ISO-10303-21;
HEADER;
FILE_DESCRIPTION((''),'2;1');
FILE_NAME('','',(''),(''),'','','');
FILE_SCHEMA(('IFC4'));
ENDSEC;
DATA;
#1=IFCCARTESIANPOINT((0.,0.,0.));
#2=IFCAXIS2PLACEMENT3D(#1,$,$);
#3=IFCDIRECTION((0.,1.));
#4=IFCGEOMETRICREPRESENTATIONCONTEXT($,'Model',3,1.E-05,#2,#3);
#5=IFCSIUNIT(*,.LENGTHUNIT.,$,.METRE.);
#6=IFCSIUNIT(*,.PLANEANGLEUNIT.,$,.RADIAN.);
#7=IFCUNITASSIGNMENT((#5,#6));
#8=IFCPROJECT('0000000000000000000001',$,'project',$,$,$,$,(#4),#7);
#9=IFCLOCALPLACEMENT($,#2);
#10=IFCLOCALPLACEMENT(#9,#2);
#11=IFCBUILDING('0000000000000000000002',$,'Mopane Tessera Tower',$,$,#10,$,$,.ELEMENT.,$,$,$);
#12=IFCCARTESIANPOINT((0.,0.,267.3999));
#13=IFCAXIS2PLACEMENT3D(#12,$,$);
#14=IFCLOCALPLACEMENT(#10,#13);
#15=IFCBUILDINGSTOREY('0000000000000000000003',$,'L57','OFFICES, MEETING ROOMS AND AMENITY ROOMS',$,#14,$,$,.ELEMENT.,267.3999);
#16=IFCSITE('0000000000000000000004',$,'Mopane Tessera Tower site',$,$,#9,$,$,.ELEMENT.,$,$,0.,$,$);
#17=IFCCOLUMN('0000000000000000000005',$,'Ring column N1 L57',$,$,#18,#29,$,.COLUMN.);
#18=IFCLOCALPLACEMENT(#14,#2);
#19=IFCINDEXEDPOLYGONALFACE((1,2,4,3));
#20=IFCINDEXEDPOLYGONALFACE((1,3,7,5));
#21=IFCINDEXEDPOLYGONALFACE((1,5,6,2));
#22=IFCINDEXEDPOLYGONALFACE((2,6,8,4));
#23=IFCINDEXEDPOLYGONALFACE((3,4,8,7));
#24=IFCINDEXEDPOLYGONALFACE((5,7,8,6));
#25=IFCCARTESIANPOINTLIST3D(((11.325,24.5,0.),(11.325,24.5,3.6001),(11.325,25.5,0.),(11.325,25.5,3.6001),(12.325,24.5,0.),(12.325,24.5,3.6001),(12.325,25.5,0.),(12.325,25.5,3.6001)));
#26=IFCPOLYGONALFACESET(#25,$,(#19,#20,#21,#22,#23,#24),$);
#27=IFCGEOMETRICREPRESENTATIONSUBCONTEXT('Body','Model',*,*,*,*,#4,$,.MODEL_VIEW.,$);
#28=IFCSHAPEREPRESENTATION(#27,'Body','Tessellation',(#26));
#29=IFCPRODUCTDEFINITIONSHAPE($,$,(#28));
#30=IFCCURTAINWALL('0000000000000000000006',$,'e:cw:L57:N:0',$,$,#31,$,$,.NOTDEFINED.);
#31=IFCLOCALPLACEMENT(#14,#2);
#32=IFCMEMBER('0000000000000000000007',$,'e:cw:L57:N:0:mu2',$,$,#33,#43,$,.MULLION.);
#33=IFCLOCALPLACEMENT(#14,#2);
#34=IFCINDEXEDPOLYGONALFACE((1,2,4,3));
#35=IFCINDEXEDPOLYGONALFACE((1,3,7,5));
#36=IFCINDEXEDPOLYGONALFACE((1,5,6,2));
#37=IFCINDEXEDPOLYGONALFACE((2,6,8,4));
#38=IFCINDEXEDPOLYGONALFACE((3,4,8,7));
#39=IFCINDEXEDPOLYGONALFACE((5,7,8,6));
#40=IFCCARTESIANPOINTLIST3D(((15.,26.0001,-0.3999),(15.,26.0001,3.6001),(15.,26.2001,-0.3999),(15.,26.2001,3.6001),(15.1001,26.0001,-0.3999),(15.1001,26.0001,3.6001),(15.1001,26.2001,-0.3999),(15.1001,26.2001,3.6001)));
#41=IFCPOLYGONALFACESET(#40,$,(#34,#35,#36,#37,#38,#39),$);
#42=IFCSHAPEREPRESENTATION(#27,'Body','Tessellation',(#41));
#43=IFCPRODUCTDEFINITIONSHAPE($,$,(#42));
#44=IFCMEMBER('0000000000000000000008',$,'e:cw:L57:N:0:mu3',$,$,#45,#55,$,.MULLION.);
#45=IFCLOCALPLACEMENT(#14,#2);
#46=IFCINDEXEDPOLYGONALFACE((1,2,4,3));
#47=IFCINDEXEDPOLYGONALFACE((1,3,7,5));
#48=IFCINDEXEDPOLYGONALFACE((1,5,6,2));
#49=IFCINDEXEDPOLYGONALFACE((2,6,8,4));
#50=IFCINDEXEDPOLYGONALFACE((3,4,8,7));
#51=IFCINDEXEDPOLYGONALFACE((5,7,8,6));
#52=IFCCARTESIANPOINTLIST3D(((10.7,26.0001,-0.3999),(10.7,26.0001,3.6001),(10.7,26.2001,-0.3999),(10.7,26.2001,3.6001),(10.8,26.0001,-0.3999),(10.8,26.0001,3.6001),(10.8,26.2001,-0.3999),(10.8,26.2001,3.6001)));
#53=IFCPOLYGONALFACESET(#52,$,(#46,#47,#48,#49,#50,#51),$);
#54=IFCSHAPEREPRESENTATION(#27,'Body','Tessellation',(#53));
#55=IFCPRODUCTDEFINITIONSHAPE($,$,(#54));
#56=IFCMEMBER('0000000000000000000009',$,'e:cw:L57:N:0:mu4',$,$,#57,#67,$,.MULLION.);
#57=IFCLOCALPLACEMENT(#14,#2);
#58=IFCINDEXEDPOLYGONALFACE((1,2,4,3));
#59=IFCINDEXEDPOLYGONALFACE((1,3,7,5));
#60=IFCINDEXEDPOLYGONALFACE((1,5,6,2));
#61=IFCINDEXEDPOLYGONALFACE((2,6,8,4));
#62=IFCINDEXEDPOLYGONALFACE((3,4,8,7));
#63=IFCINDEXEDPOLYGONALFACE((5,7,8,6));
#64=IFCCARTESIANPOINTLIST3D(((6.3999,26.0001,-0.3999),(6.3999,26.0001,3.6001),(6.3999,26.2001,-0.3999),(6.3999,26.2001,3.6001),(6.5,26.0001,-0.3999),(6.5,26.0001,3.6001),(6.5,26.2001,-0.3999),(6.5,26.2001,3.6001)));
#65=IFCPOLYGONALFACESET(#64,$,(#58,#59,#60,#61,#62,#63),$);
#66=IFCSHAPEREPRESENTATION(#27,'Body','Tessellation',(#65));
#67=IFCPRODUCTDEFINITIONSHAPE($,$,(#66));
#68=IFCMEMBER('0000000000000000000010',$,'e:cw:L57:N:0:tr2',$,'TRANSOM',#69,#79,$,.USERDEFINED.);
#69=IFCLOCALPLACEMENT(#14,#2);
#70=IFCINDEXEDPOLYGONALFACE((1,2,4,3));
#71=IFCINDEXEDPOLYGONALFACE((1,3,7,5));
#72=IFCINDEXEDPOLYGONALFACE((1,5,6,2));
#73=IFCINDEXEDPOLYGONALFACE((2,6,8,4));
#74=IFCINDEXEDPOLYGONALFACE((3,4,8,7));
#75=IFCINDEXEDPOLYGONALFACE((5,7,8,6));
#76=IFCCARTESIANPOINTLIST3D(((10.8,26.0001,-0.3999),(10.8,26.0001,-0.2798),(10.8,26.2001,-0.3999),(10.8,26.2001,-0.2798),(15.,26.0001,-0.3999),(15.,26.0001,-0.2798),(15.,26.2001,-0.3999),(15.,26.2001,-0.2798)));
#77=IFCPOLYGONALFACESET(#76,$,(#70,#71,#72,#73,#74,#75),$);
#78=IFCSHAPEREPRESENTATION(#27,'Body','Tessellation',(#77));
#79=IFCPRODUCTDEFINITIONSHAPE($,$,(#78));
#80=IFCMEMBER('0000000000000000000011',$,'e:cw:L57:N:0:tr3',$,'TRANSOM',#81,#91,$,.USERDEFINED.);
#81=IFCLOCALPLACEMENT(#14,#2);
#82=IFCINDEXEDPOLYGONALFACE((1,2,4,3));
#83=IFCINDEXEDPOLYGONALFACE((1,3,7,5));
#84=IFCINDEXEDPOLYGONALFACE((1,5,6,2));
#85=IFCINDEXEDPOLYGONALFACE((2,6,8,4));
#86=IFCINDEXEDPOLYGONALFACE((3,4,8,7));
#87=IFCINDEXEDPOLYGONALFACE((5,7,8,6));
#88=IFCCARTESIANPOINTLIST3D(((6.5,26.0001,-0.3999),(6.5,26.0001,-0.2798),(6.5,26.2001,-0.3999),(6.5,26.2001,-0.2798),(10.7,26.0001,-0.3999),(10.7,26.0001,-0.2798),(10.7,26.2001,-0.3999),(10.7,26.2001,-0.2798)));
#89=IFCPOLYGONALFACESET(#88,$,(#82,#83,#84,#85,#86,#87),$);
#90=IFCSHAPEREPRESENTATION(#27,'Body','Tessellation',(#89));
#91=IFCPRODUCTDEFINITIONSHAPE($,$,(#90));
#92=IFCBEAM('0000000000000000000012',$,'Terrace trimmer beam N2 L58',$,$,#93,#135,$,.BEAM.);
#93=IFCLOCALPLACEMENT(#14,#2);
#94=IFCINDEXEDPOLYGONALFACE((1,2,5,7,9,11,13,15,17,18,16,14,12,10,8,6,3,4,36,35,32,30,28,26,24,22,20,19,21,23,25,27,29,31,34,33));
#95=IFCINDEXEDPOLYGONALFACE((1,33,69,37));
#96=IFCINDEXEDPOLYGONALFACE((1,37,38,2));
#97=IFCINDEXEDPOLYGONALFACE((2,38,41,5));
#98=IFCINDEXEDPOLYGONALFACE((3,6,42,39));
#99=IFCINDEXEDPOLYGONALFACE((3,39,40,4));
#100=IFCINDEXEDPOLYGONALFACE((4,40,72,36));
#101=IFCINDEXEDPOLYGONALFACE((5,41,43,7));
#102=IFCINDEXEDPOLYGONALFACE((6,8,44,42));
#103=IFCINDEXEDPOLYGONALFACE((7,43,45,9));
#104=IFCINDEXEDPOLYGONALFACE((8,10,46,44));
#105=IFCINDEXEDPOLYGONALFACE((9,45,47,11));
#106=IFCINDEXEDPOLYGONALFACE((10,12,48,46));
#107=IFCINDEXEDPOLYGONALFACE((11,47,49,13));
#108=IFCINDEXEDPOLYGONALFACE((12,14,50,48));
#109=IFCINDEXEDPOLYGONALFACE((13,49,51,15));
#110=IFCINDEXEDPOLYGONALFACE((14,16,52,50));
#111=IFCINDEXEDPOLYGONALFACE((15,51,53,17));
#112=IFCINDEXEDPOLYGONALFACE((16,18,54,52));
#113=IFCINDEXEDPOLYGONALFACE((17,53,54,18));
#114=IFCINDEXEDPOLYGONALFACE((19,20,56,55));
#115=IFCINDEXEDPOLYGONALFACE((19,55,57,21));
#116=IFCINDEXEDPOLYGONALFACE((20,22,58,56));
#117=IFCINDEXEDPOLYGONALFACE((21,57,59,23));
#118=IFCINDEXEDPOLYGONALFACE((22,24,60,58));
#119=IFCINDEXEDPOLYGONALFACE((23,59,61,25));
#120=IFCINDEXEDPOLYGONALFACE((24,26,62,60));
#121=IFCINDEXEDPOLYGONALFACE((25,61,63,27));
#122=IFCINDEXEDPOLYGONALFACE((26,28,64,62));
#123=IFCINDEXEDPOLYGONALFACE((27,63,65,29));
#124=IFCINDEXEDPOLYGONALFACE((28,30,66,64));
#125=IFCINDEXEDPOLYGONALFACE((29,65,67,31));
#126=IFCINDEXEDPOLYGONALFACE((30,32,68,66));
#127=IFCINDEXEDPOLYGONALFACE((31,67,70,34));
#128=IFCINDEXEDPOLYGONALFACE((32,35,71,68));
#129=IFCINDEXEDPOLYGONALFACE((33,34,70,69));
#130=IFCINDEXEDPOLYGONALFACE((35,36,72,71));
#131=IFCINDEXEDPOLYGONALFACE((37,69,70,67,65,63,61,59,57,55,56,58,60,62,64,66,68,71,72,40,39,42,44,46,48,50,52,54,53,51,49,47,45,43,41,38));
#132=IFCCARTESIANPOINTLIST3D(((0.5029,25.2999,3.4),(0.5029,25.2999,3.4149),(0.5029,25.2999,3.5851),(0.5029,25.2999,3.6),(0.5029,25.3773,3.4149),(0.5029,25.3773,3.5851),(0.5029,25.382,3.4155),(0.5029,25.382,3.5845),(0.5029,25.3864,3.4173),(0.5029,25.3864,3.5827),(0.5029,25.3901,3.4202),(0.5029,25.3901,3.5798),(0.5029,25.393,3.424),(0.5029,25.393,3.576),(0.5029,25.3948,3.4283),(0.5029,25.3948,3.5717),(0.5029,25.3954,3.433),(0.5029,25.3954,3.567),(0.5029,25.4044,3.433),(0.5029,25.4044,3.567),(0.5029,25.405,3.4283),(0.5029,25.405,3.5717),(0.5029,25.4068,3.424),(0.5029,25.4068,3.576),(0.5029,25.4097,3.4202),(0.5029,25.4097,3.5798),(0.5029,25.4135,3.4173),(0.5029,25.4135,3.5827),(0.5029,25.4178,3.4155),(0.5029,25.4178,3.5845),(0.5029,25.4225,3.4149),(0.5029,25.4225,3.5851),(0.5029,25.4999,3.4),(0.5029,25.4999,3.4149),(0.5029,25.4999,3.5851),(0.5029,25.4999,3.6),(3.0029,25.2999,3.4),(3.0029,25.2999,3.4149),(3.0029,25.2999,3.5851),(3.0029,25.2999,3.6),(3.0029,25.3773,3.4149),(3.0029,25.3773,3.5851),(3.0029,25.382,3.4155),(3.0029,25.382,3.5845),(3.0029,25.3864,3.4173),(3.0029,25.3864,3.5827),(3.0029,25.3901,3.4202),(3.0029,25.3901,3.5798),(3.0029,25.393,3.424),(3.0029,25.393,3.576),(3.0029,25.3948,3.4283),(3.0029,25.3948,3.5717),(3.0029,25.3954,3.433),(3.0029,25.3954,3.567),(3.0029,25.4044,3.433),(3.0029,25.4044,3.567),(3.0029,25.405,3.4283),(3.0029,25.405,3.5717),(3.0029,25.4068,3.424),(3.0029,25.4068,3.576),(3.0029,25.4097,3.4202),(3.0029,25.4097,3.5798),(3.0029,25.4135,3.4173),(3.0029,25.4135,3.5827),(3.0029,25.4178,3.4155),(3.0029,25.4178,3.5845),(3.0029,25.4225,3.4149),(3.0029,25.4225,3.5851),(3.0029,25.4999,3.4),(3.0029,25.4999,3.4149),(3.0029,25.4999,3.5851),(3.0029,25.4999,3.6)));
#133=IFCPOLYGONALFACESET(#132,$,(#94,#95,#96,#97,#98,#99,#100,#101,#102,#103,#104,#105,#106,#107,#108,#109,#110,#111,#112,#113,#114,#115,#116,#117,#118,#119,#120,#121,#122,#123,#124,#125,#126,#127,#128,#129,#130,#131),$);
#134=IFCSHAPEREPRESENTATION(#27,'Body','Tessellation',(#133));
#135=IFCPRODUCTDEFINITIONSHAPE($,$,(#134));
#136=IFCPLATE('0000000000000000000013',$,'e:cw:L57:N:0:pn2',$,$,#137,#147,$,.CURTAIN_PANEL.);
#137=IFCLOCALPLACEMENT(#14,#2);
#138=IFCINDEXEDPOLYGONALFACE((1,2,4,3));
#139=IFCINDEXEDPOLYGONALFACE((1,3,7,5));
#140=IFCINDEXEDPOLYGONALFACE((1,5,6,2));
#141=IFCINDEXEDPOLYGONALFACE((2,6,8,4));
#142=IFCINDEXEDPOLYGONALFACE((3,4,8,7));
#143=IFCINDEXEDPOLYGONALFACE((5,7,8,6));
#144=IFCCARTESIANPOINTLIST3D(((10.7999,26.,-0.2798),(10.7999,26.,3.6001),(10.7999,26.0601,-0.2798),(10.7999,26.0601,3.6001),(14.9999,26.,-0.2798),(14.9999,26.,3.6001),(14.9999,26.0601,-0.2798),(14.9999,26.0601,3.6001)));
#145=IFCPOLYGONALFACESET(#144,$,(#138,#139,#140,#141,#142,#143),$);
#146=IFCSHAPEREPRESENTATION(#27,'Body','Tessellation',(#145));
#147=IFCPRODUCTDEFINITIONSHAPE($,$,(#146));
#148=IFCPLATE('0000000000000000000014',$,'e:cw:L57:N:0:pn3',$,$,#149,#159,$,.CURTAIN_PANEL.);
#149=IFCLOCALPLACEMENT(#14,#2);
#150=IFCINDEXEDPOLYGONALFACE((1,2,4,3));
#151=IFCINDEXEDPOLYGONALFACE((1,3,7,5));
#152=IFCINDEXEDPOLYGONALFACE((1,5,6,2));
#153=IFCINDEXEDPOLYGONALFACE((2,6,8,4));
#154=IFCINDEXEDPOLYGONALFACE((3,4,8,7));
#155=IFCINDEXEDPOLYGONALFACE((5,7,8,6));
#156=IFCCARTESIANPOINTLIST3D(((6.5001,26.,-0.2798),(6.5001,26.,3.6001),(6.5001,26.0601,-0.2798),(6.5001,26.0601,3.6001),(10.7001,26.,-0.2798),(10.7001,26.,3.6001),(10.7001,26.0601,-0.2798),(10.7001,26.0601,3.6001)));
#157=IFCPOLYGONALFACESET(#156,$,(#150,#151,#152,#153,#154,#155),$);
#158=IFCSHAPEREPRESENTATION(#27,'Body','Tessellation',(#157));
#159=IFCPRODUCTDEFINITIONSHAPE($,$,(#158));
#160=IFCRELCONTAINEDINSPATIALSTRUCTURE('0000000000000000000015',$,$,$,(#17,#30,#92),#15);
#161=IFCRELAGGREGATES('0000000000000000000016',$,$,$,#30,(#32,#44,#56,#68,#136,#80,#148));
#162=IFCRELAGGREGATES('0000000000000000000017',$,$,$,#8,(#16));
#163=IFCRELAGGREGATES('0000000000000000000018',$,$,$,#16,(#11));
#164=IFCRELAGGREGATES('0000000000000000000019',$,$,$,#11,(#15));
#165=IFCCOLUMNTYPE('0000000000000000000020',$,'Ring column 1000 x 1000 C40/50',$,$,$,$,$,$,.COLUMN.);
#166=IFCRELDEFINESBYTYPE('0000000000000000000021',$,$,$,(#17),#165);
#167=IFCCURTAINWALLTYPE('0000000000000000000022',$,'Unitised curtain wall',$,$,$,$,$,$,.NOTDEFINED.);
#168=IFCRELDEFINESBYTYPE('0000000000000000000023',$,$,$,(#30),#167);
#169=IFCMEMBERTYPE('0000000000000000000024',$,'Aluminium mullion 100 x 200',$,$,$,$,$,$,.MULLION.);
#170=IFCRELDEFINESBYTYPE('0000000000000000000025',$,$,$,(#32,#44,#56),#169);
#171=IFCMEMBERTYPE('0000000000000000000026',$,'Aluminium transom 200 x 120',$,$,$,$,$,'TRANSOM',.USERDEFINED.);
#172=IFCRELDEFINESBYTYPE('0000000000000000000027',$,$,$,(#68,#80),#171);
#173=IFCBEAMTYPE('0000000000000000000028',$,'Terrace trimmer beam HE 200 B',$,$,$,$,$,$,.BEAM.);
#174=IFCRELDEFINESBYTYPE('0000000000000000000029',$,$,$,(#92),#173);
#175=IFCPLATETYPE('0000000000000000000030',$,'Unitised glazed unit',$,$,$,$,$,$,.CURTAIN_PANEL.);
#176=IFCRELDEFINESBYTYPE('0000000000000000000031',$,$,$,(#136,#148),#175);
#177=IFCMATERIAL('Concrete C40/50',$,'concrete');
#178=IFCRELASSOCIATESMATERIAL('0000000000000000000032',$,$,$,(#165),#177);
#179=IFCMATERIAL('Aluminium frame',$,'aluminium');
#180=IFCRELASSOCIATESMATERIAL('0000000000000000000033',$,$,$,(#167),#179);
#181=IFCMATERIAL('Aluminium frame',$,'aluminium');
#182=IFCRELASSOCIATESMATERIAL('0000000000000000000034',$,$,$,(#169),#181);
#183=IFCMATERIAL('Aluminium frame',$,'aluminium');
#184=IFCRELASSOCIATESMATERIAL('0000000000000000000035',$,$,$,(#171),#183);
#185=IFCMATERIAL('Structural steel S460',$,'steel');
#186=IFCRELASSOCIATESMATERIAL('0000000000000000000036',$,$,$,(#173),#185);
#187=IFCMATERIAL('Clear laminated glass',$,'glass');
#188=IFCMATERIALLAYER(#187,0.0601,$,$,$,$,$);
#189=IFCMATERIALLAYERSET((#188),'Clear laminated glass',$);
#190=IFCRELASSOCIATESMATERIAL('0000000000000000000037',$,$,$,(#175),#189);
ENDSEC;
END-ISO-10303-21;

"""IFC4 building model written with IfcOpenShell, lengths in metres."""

from ifc_helpers import new_model, si_unit, direction, frame, origin, origin_2d, place, context, subcontext, project, spatial, rectangle, i_section, extrude, material, layer, layer_set, material_profile, profile_set, type_object, element, aggregate, save


model = new_model("IFC4")

# Units and contexts
model_context = context("Model", 3, precision=1e-05, world=origin(), true_north=direction((0.0, 1.0)))
body_context = subcontext(model_context, "Body", "Model", "MODEL_VIEW")
ifc_project = project(units=[si_unit("LENGTHUNIT", "METRE"), si_unit("PLANEANGLEUNIT", "RADIAN")], contexts=[model_context])

# Site, building, storey
site_placement = place(None, origin())
site = spatial("IfcSite", under=ifc_project, at=site_placement, Name="Mopane Tessera Tower site", CompositionType="ELEMENT", RefElevation=0.0)
building_placement = place(site_placement, origin())
building = spatial("IfcBuilding", under=site, at=building_placement, Name="Mopane Tessera Tower", CompositionType="ELEMENT")
storey_placement = place(building_placement, frame((0.0, 0.0, 267.3999)))
storey = spatial("IfcBuildingStorey", under=building, at=storey_placement, Name="L57", Description="OFFICES, MEETING ROOMS AND AMENITY ROOMS", CompositionType="ELEMENT", Elevation=267.3999)

# Column
ifc_material_1 = material(Name="Concrete C40/50", Category="concrete")
ifc_material_profile_1 = material_profile(ifc_material_1, rectangle(XDim=1.0, YDim=1.0, at=origin_2d()))
ifc_profile_set_1 = profile_set([ifc_material_profile_1], Name="Concrete C40/50")
column_type = type_object("IfcColumnType", Name="Ring column 1000 x 1000 C40/50", PredefinedType="COLUMN", material=ifc_profile_set_1)
column_placement = place(storey_placement, frame((11.825, 25.0, 0.0), z_axis=(0.0, 0.0, 1.0), x_axis=(1.0, 0.0, 0.0)))
element("IfcColumn", 1, at=column_placement, inside=storey, type_object=column_type, Name="Ring column N1 L57", PredefinedType="COLUMN", context=body_context, shape_type="SweptSolid", body=[
    extrude(rectangle(XDim=1.0, YDim=1.0, at=origin_2d()), origin(), (0.0, 0.0, 1.0), 3.6001),
])

# Curtain wall, members
ifc_material_2 = material(Name="Aluminium frame", Category="aluminium")
curtain_wall_type = type_object("IfcCurtainWallType", Name="Unitised curtain wall", PredefinedType="NOTDEFINED", material=ifc_material_2)
curtain_wall_placement = place(storey_placement, origin())
curtain_wall = element("IfcCurtainWall", 2, at=curtain_wall_placement, inside=storey, type_object=curtain_wall_type, Name="e:cw:L57:N:0", PredefinedType="NOTDEFINED")
ifc_material_3 = material(Name="Aluminium frame", Category="aluminium")
ifc_material_profile_2 = material_profile(ifc_material_3, rectangle(XDim=0.1001, YDim=0.2, at=origin_2d()))
ifc_profile_set_2 = profile_set([ifc_material_profile_2], Name="Aluminium frame")
member_type_1 = type_object("IfcMemberType", Name="Aluminium mullion 100 x 200", PredefinedType="MULLION", material=ifc_profile_set_2)
member_1_placement = place(storey_placement, frame((15.05, 26.1001, -0.3999), z_axis=(0.0, 0.0, 1.0), x_axis=(-1.0, 0.0, 0.0)))
member_1 = element("IfcMember", 3, at=member_1_placement, type_object=member_type_1, Name="e:cw:L57:N:0:mu2", PredefinedType="MULLION", context=body_context, shape_type="SweptSolid", body=[
    extrude(rectangle(XDim=0.1001, YDim=0.2, at=origin_2d()), origin(), (0.0, 0.0, 1.0), 4.0),
])
member_2_placement = place(storey_placement, frame((10.75, 26.1001, -0.3999), z_axis=(0.0, 0.0, 1.0), x_axis=(-1.0, 0.0, 0.0)))
member_2 = element("IfcMember", 4, at=member_2_placement, type_object=member_type_1, Name="e:cw:L57:N:0:mu3", PredefinedType="MULLION", context=body_context, shape_type="SweptSolid", body=[
    extrude(rectangle(XDim=0.1001, YDim=0.2, at=origin_2d()), origin(), (0.0, 0.0, 1.0), 4.0),
])
member_3_placement = place(storey_placement, frame((6.45, 26.1001, -0.3999), z_axis=(0.0, 0.0, 1.0), x_axis=(-1.0, 0.0, 0.0)))
member_3 = element("IfcMember", 5, at=member_3_placement, type_object=member_type_1, Name="e:cw:L57:N:0:mu4", PredefinedType="MULLION", context=body_context, shape_type="SweptSolid", body=[
    extrude(rectangle(XDim=0.1001, YDim=0.2, at=origin_2d()), origin(), (0.0, 0.0, 1.0), 4.0),
])
ifc_material_4 = material(Name="Aluminium frame", Category="aluminium")
ifc_material_profile_3 = material_profile(ifc_material_4, rectangle(XDim=0.2, YDim=0.1201, at=origin_2d()))
ifc_profile_set_3 = profile_set([ifc_material_profile_3], Name="Aluminium frame")
member_type_2 = type_object("IfcMemberType", Name="Aluminium transom 200 x 120", ElementType="TRANSOM", PredefinedType="USERDEFINED", material=ifc_profile_set_3)
member_4_placement = place(storey_placement, frame((15.0, 26.1001, -0.3398), z_axis=(-1.0, 0.0, 0.0), x_axis=(0.0, -1.0, 0.0)))
member_4 = element("IfcMember", 6, at=member_4_placement, type_object=member_type_2, Name="e:cw:L57:N:0:tr2", ObjectType="TRANSOM", PredefinedType="USERDEFINED", context=body_context, shape_type="SweptSolid", body=[
    extrude(rectangle(XDim=0.2, YDim=0.1201, at=origin_2d()), origin(), (0.0, 0.0, 1.0), 4.2),
])
member_5_placement = place(storey_placement, frame((10.7, 26.1001, -0.3398), z_axis=(-1.0, 0.0, 0.0), x_axis=(0.0, -1.0, 0.0)))
member_5 = element("IfcMember", 7, at=member_5_placement, type_object=member_type_2, Name="e:cw:L57:N:0:tr3", ObjectType="TRANSOM", PredefinedType="USERDEFINED", context=body_context, shape_type="SweptSolid", body=[
    extrude(rectangle(XDim=0.2, YDim=0.1201, at=origin_2d()), origin(), (0.0, 0.0, 1.0), 4.2),
])

# Beam
ifc_material_5 = material(Name="Structural steel S460", Category="steel")
ifc_material_profile_4 = material_profile(ifc_material_5, i_section(OverallWidth=0.2, OverallDepth=0.2, WebThickness=0.009, FlangeThickness=0.0149, FilletRadius=0.0181, at=origin_2d()))
ifc_profile_set_4 = profile_set([ifc_material_profile_4], Name="Structural steel S460")
beam_type = type_object("IfcBeamType", Name="Terrace trimmer beam HE 200 B", PredefinedType="BEAM", material=ifc_profile_set_4)
beam_placement = place(storey_placement, frame((0.5029, 25.3999, 3.5), z_axis=(1.0, 0.0, 0.0), x_axis=(0.0, 1.0, 0.0)))
element("IfcBeam", 8, at=beam_placement, inside=storey, type_object=beam_type, Name="Terrace trimmer beam N2 L58", PredefinedType="BEAM", context=body_context, shape_type="SweptSolid", body=[
    extrude(i_section(OverallWidth=0.2, OverallDepth=0.2, WebThickness=0.009, FlangeThickness=0.0149, FilletRadius=0.0181, at=origin_2d()), origin(), (0.0, 0.0, 1.0), 2.5),
])

# Plates
ifc_material_6 = material(Name="Clear laminated glass", Category="glass")
ifc_layer_1 = layer(ifc_material_6, 0.0601)
ifc_layer_set_1 = layer_set([ifc_layer_1], Name="Clear laminated glass")
plate_type = type_object("IfcPlateType", Name="Unitised glazed unit", PredefinedType="CURTAIN_PANEL", material=ifc_layer_set_1)
plate_1_placement = place(storey_placement, frame((12.8999, 26.03, -0.2798), z_axis=(0.0, 0.0, 1.0), x_axis=(-1.0, 0.0, 0.0)))
plate_1 = element("IfcPlate", 9, at=plate_1_placement, type_object=plate_type, Name="e:cw:L57:N:0:pn2", PredefinedType="CURTAIN_PANEL", context=body_context, shape_type="SweptSolid", body=[
    extrude(rectangle(XDim=4.2, YDim=0.0601, at=origin_2d()), origin(), (0.0, 0.0, 1.0), 3.8799),
])
plate_2_placement = place(storey_placement, frame((8.6001, 26.03, -0.2798), z_axis=(0.0, 0.0, 1.0), x_axis=(-1.0, 0.0, 0.0)))
plate_2 = element("IfcPlate", 10, at=plate_2_placement, type_object=plate_type, Name="e:cw:L57:N:0:pn3", PredefinedType="CURTAIN_PANEL", context=body_context, shape_type="SweptSolid", body=[
    extrude(rectangle(XDim=4.2, YDim=0.0601, at=origin_2d()), origin(), (0.0, 0.0, 1.0), 3.8799),
])
aggregate(curtain_wall, [member_1, member_2, member_3, member_4, plate_1, member_5, plate_2])

save(model, "model.ifc")
